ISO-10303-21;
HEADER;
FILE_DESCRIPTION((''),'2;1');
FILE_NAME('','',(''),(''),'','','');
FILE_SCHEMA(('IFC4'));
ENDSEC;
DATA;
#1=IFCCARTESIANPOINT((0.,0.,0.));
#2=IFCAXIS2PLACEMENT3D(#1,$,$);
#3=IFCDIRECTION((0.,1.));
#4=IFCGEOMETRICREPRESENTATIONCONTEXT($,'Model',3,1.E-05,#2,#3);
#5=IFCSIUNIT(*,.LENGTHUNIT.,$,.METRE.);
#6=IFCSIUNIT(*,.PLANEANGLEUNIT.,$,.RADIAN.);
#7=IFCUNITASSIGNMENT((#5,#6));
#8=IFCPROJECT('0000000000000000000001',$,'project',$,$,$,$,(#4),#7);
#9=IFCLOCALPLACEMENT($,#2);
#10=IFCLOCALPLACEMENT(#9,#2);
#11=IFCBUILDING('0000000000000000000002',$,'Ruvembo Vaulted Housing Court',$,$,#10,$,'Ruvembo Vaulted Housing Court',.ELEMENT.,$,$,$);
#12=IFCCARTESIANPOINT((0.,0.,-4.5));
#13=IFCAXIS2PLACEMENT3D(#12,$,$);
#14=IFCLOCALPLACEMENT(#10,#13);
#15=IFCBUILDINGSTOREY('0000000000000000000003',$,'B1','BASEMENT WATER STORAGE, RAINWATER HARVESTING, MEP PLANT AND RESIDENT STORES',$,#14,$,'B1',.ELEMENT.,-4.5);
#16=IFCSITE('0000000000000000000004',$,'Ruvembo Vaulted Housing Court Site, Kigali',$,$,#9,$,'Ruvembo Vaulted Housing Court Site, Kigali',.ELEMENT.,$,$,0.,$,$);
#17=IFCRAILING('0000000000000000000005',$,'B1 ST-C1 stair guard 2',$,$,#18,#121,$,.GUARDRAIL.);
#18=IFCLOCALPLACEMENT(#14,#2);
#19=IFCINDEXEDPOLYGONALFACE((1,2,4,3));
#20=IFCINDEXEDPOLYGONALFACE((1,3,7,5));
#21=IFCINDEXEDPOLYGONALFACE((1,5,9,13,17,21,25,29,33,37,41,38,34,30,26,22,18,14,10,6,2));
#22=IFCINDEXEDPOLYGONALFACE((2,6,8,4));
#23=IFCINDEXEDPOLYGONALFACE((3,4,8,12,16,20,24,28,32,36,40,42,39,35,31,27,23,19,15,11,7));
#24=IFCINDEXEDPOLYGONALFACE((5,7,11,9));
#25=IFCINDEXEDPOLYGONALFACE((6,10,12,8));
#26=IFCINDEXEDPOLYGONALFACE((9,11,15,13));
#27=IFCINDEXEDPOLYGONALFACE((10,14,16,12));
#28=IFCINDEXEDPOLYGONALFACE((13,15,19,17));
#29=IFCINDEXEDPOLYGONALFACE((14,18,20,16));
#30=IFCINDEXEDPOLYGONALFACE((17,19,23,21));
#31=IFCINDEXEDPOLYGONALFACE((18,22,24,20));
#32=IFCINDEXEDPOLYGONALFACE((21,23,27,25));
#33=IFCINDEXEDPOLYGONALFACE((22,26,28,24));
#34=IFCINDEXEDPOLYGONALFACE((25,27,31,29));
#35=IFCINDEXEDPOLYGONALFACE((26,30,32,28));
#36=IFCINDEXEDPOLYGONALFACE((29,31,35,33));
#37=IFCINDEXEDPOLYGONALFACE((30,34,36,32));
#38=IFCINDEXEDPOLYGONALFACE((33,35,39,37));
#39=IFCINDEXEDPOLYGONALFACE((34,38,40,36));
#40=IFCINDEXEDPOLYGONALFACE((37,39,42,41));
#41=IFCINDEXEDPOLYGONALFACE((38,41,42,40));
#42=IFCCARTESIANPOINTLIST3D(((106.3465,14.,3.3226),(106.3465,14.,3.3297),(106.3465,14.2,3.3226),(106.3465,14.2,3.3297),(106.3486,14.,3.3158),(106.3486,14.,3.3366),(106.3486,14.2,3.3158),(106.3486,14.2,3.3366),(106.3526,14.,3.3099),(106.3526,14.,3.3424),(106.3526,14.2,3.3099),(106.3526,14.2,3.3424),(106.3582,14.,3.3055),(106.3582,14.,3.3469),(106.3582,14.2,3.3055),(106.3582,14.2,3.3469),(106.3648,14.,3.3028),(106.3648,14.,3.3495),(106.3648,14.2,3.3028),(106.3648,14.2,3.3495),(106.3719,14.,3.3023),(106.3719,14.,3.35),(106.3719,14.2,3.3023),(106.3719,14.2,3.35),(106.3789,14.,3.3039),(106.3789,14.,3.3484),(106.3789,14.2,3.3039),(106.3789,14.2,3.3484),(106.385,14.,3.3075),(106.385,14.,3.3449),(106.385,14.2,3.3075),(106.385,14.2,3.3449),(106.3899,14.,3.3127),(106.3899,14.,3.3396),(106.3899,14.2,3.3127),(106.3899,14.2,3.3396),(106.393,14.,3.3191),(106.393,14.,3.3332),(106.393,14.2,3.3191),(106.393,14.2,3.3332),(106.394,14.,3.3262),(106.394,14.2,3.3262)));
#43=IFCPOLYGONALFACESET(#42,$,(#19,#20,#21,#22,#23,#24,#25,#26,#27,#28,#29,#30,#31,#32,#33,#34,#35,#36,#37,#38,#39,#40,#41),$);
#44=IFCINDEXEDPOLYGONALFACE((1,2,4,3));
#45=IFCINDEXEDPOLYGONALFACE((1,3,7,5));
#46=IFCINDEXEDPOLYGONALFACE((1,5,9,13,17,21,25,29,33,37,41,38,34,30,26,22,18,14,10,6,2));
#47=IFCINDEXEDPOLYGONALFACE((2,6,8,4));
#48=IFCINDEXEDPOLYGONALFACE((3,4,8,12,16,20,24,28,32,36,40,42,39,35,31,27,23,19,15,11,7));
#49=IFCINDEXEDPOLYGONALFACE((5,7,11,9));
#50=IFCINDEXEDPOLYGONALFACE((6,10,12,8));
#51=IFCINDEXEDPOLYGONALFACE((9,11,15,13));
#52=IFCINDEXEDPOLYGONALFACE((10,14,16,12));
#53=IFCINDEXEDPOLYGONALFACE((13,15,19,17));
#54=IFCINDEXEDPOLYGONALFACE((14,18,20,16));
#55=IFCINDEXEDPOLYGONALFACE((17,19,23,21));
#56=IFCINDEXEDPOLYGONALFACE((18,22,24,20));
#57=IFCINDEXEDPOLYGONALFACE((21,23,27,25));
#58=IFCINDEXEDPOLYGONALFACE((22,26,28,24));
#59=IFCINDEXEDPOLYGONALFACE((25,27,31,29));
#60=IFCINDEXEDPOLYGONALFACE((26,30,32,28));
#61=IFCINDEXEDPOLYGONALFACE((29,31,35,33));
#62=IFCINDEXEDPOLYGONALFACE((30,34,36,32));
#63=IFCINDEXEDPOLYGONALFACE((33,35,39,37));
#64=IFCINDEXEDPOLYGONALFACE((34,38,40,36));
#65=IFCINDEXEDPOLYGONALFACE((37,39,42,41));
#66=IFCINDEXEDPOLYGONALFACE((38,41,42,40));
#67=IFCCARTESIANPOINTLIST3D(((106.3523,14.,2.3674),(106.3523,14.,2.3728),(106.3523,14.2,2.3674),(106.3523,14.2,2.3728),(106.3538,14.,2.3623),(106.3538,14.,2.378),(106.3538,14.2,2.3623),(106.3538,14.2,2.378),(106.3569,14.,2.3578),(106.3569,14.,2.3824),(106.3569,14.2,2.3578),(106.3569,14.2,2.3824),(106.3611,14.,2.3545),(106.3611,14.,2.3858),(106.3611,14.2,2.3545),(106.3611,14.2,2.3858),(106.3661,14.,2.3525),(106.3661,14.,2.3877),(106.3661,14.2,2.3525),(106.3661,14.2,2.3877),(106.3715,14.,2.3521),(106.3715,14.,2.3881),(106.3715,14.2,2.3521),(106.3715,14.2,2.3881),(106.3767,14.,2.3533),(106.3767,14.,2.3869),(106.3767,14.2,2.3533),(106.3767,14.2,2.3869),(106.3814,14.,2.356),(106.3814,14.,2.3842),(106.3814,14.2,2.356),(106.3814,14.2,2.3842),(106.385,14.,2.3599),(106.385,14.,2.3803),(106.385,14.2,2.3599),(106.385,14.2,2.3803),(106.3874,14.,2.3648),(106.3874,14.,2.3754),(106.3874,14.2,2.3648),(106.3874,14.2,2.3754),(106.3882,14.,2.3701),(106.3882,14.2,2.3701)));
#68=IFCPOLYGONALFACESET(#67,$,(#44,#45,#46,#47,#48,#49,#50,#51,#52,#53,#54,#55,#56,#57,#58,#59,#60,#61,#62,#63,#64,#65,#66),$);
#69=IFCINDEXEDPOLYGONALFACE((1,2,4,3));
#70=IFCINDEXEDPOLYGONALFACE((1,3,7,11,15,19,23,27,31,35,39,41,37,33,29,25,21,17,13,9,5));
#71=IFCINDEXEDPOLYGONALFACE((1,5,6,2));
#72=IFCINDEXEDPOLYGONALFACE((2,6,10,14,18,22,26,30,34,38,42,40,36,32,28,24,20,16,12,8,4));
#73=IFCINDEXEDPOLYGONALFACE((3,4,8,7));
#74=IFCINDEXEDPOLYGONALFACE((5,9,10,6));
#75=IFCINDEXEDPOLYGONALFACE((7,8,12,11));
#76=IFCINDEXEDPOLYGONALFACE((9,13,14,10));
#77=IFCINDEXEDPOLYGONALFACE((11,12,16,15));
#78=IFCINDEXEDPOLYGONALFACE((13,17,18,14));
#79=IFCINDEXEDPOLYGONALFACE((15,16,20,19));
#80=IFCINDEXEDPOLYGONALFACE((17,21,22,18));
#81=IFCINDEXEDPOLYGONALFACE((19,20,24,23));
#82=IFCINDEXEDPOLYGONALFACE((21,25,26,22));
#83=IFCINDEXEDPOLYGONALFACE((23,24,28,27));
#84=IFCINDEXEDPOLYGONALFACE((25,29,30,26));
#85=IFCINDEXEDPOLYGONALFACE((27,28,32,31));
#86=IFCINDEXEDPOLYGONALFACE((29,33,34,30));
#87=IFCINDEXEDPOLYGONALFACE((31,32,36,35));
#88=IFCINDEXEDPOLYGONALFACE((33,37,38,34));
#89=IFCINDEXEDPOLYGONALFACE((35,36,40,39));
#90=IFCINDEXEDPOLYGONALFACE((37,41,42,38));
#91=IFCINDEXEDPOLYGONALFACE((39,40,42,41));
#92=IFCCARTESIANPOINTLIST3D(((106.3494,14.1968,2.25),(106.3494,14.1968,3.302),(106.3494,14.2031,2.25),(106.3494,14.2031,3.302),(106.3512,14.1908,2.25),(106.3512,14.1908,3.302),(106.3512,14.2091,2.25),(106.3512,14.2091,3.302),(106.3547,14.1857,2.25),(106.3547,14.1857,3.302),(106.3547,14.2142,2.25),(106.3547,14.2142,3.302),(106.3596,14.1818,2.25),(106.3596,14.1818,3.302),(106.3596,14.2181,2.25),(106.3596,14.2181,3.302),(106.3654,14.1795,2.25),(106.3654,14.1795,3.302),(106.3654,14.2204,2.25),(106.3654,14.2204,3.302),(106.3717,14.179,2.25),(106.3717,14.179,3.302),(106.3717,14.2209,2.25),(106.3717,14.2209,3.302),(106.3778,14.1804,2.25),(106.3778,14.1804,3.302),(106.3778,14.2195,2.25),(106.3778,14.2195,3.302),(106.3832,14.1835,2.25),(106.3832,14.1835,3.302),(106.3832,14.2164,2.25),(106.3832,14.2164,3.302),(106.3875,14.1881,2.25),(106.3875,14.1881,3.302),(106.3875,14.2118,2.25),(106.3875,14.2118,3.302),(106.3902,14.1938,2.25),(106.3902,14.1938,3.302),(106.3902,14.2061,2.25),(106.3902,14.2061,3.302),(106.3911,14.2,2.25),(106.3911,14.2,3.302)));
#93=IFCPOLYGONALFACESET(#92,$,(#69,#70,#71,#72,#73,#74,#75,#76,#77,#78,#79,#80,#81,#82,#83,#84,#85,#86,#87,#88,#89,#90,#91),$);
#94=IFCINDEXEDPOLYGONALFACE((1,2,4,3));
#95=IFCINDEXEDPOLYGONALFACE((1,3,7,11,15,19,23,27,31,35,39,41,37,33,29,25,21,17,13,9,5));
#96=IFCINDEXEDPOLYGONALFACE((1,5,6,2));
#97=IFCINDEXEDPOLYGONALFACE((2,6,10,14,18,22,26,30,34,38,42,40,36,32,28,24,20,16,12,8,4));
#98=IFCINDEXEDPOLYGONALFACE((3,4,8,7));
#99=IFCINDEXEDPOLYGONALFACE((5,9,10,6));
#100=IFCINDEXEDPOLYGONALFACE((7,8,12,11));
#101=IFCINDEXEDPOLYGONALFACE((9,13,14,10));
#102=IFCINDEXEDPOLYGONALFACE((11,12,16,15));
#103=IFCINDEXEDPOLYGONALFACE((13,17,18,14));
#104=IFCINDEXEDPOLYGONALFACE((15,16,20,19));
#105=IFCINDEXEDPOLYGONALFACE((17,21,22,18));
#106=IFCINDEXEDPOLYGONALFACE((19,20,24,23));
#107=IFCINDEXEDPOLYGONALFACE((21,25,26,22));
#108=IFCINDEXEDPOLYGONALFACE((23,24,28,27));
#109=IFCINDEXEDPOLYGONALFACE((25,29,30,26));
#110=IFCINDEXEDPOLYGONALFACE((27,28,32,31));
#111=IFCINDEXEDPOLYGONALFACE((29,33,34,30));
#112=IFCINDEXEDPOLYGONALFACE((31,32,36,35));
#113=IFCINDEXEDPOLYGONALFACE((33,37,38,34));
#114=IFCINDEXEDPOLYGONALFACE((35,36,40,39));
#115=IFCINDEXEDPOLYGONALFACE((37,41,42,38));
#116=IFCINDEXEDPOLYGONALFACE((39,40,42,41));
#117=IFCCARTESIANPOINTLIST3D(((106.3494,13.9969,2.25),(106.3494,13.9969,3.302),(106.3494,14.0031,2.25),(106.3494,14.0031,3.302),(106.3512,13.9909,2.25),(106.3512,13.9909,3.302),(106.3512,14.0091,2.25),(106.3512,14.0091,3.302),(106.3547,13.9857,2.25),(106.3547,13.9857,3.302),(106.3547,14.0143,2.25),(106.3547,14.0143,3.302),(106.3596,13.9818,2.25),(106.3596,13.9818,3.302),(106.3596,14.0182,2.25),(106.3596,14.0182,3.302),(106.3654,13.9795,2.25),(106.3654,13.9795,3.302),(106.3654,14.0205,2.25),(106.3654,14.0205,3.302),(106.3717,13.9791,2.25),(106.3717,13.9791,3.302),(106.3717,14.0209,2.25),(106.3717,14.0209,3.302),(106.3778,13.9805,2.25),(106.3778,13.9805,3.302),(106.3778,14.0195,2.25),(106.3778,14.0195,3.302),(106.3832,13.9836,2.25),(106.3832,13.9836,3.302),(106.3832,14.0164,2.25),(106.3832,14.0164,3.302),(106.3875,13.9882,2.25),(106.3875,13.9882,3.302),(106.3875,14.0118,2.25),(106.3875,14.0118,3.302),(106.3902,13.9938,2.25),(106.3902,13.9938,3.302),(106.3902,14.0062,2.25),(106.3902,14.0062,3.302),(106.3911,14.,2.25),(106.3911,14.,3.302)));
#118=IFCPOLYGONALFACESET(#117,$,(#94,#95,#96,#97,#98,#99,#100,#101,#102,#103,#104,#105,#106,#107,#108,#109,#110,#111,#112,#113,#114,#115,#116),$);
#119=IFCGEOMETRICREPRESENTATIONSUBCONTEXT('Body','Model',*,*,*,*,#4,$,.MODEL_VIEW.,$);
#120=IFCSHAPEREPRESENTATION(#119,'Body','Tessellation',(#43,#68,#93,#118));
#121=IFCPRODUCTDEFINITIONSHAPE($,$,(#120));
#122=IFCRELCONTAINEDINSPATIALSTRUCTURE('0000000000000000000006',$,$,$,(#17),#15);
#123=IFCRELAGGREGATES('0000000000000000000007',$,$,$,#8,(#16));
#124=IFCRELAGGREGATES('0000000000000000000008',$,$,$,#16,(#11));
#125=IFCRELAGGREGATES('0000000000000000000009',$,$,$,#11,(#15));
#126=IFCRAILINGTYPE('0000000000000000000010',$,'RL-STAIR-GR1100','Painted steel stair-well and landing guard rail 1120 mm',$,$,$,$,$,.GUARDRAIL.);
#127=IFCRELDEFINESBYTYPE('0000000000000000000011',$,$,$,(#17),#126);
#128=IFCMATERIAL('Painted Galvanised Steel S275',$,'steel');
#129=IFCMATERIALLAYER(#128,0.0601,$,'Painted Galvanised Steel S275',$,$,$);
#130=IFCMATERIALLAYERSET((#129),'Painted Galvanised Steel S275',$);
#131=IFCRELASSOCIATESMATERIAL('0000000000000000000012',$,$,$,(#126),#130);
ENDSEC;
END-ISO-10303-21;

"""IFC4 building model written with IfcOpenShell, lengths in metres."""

from ifc_helpers import new_model, si_unit, direction, frame, origin, origin_2d, place, context, subcontext, project, spatial, circle, extrude, material, layer, layer_set, type_object, element, save


model = new_model("IFC4")

# Units and contexts
model_context = context("Model", 3, precision=1e-05, world=origin(), true_north=direction((0.0, 1.0)))
body_context = subcontext(model_context, "Body", "Model", "MODEL_VIEW")
ifc_project = project(units=[si_unit("LENGTHUNIT", "METRE"), si_unit("PLANEANGLEUNIT", "RADIAN")], contexts=[model_context])

# Site, building, storey
site_placement = place(None, origin())
site = spatial("IfcSite", under=ifc_project, at=site_placement, Name="Ruvembo Vaulted Housing Court Site, Kigali", LongName="Ruvembo Vaulted Housing Court Site, Kigali", CompositionType="ELEMENT", RefElevation=0.0)
building_placement = place(site_placement, origin())
building = spatial("IfcBuilding", under=site, at=building_placement, Name="Ruvembo Vaulted Housing Court", LongName="Ruvembo Vaulted Housing Court", CompositionType="ELEMENT")
storey_placement = place(building_placement, frame((0.0, 0.0, -4.5)))
storey = spatial("IfcBuildingStorey", under=building, at=storey_placement, Name="B1", Description="BASEMENT WATER STORAGE, RAINWATER HARVESTING, MEP PLANT AND RESIDENT STORES", LongName="B1", CompositionType="ELEMENT", Elevation=-4.5)

# Railing
ifc_material_1 = material(Name="Painted Galvanised Steel S275", Category="steel")
ifc_layer_1 = layer(ifc_material_1, 0.0601, Name="Painted Galvanised Steel S275")
ifc_layer_set_1 = layer_set([ifc_layer_1], Name="Painted Galvanised Steel S275")
railing_type_1 = type_object("IfcRailingType", Name="RL-STAIR-GR1100", Description="Painted steel stair-well and landing guard rail 1120 mm", PredefinedType="GUARDRAIL", material=ifc_layer_set_1)
railing_1_placement = place(storey_placement, frame((106.3701, 14.2, 2.25)))
element("IfcRailing", 1, at=railing_1_placement, inside=storey, type_object=railing_type_1, Name="B1 ST-C1 stair guard 2", PredefinedType="GUARDRAIL", context=body_context, shape_type="SweptSolid", body=[
    extrude(circle(Radius=0.0239, at=origin_2d()), frame((0.0, 0.0, 1.0762), z_axis=(0.0, -1.0, 0.0), x_axis=(1.0, 0.0, 0.0)), (0.0, 0.0, 1.0), 0.2),
    extrude(circle(Radius=0.0181, at=origin_2d()), frame((0.0, 0.0, 0.1201), z_axis=(0.0, -1.0, 0.0), x_axis=(1.0, 0.0, 0.0)), (0.0, 0.0, 1.0), 0.2),
    extrude(circle(Radius=0.021, at=origin_2d()), origin(), (0.0, 0.0, 1.0), 1.052),
    extrude(circle(Radius=0.021, at=origin_2d()), frame((0.0, -0.2, 0.0)), (0.0, 0.0, 1.0), 1.052),
])

save(model, "model.ifc")
